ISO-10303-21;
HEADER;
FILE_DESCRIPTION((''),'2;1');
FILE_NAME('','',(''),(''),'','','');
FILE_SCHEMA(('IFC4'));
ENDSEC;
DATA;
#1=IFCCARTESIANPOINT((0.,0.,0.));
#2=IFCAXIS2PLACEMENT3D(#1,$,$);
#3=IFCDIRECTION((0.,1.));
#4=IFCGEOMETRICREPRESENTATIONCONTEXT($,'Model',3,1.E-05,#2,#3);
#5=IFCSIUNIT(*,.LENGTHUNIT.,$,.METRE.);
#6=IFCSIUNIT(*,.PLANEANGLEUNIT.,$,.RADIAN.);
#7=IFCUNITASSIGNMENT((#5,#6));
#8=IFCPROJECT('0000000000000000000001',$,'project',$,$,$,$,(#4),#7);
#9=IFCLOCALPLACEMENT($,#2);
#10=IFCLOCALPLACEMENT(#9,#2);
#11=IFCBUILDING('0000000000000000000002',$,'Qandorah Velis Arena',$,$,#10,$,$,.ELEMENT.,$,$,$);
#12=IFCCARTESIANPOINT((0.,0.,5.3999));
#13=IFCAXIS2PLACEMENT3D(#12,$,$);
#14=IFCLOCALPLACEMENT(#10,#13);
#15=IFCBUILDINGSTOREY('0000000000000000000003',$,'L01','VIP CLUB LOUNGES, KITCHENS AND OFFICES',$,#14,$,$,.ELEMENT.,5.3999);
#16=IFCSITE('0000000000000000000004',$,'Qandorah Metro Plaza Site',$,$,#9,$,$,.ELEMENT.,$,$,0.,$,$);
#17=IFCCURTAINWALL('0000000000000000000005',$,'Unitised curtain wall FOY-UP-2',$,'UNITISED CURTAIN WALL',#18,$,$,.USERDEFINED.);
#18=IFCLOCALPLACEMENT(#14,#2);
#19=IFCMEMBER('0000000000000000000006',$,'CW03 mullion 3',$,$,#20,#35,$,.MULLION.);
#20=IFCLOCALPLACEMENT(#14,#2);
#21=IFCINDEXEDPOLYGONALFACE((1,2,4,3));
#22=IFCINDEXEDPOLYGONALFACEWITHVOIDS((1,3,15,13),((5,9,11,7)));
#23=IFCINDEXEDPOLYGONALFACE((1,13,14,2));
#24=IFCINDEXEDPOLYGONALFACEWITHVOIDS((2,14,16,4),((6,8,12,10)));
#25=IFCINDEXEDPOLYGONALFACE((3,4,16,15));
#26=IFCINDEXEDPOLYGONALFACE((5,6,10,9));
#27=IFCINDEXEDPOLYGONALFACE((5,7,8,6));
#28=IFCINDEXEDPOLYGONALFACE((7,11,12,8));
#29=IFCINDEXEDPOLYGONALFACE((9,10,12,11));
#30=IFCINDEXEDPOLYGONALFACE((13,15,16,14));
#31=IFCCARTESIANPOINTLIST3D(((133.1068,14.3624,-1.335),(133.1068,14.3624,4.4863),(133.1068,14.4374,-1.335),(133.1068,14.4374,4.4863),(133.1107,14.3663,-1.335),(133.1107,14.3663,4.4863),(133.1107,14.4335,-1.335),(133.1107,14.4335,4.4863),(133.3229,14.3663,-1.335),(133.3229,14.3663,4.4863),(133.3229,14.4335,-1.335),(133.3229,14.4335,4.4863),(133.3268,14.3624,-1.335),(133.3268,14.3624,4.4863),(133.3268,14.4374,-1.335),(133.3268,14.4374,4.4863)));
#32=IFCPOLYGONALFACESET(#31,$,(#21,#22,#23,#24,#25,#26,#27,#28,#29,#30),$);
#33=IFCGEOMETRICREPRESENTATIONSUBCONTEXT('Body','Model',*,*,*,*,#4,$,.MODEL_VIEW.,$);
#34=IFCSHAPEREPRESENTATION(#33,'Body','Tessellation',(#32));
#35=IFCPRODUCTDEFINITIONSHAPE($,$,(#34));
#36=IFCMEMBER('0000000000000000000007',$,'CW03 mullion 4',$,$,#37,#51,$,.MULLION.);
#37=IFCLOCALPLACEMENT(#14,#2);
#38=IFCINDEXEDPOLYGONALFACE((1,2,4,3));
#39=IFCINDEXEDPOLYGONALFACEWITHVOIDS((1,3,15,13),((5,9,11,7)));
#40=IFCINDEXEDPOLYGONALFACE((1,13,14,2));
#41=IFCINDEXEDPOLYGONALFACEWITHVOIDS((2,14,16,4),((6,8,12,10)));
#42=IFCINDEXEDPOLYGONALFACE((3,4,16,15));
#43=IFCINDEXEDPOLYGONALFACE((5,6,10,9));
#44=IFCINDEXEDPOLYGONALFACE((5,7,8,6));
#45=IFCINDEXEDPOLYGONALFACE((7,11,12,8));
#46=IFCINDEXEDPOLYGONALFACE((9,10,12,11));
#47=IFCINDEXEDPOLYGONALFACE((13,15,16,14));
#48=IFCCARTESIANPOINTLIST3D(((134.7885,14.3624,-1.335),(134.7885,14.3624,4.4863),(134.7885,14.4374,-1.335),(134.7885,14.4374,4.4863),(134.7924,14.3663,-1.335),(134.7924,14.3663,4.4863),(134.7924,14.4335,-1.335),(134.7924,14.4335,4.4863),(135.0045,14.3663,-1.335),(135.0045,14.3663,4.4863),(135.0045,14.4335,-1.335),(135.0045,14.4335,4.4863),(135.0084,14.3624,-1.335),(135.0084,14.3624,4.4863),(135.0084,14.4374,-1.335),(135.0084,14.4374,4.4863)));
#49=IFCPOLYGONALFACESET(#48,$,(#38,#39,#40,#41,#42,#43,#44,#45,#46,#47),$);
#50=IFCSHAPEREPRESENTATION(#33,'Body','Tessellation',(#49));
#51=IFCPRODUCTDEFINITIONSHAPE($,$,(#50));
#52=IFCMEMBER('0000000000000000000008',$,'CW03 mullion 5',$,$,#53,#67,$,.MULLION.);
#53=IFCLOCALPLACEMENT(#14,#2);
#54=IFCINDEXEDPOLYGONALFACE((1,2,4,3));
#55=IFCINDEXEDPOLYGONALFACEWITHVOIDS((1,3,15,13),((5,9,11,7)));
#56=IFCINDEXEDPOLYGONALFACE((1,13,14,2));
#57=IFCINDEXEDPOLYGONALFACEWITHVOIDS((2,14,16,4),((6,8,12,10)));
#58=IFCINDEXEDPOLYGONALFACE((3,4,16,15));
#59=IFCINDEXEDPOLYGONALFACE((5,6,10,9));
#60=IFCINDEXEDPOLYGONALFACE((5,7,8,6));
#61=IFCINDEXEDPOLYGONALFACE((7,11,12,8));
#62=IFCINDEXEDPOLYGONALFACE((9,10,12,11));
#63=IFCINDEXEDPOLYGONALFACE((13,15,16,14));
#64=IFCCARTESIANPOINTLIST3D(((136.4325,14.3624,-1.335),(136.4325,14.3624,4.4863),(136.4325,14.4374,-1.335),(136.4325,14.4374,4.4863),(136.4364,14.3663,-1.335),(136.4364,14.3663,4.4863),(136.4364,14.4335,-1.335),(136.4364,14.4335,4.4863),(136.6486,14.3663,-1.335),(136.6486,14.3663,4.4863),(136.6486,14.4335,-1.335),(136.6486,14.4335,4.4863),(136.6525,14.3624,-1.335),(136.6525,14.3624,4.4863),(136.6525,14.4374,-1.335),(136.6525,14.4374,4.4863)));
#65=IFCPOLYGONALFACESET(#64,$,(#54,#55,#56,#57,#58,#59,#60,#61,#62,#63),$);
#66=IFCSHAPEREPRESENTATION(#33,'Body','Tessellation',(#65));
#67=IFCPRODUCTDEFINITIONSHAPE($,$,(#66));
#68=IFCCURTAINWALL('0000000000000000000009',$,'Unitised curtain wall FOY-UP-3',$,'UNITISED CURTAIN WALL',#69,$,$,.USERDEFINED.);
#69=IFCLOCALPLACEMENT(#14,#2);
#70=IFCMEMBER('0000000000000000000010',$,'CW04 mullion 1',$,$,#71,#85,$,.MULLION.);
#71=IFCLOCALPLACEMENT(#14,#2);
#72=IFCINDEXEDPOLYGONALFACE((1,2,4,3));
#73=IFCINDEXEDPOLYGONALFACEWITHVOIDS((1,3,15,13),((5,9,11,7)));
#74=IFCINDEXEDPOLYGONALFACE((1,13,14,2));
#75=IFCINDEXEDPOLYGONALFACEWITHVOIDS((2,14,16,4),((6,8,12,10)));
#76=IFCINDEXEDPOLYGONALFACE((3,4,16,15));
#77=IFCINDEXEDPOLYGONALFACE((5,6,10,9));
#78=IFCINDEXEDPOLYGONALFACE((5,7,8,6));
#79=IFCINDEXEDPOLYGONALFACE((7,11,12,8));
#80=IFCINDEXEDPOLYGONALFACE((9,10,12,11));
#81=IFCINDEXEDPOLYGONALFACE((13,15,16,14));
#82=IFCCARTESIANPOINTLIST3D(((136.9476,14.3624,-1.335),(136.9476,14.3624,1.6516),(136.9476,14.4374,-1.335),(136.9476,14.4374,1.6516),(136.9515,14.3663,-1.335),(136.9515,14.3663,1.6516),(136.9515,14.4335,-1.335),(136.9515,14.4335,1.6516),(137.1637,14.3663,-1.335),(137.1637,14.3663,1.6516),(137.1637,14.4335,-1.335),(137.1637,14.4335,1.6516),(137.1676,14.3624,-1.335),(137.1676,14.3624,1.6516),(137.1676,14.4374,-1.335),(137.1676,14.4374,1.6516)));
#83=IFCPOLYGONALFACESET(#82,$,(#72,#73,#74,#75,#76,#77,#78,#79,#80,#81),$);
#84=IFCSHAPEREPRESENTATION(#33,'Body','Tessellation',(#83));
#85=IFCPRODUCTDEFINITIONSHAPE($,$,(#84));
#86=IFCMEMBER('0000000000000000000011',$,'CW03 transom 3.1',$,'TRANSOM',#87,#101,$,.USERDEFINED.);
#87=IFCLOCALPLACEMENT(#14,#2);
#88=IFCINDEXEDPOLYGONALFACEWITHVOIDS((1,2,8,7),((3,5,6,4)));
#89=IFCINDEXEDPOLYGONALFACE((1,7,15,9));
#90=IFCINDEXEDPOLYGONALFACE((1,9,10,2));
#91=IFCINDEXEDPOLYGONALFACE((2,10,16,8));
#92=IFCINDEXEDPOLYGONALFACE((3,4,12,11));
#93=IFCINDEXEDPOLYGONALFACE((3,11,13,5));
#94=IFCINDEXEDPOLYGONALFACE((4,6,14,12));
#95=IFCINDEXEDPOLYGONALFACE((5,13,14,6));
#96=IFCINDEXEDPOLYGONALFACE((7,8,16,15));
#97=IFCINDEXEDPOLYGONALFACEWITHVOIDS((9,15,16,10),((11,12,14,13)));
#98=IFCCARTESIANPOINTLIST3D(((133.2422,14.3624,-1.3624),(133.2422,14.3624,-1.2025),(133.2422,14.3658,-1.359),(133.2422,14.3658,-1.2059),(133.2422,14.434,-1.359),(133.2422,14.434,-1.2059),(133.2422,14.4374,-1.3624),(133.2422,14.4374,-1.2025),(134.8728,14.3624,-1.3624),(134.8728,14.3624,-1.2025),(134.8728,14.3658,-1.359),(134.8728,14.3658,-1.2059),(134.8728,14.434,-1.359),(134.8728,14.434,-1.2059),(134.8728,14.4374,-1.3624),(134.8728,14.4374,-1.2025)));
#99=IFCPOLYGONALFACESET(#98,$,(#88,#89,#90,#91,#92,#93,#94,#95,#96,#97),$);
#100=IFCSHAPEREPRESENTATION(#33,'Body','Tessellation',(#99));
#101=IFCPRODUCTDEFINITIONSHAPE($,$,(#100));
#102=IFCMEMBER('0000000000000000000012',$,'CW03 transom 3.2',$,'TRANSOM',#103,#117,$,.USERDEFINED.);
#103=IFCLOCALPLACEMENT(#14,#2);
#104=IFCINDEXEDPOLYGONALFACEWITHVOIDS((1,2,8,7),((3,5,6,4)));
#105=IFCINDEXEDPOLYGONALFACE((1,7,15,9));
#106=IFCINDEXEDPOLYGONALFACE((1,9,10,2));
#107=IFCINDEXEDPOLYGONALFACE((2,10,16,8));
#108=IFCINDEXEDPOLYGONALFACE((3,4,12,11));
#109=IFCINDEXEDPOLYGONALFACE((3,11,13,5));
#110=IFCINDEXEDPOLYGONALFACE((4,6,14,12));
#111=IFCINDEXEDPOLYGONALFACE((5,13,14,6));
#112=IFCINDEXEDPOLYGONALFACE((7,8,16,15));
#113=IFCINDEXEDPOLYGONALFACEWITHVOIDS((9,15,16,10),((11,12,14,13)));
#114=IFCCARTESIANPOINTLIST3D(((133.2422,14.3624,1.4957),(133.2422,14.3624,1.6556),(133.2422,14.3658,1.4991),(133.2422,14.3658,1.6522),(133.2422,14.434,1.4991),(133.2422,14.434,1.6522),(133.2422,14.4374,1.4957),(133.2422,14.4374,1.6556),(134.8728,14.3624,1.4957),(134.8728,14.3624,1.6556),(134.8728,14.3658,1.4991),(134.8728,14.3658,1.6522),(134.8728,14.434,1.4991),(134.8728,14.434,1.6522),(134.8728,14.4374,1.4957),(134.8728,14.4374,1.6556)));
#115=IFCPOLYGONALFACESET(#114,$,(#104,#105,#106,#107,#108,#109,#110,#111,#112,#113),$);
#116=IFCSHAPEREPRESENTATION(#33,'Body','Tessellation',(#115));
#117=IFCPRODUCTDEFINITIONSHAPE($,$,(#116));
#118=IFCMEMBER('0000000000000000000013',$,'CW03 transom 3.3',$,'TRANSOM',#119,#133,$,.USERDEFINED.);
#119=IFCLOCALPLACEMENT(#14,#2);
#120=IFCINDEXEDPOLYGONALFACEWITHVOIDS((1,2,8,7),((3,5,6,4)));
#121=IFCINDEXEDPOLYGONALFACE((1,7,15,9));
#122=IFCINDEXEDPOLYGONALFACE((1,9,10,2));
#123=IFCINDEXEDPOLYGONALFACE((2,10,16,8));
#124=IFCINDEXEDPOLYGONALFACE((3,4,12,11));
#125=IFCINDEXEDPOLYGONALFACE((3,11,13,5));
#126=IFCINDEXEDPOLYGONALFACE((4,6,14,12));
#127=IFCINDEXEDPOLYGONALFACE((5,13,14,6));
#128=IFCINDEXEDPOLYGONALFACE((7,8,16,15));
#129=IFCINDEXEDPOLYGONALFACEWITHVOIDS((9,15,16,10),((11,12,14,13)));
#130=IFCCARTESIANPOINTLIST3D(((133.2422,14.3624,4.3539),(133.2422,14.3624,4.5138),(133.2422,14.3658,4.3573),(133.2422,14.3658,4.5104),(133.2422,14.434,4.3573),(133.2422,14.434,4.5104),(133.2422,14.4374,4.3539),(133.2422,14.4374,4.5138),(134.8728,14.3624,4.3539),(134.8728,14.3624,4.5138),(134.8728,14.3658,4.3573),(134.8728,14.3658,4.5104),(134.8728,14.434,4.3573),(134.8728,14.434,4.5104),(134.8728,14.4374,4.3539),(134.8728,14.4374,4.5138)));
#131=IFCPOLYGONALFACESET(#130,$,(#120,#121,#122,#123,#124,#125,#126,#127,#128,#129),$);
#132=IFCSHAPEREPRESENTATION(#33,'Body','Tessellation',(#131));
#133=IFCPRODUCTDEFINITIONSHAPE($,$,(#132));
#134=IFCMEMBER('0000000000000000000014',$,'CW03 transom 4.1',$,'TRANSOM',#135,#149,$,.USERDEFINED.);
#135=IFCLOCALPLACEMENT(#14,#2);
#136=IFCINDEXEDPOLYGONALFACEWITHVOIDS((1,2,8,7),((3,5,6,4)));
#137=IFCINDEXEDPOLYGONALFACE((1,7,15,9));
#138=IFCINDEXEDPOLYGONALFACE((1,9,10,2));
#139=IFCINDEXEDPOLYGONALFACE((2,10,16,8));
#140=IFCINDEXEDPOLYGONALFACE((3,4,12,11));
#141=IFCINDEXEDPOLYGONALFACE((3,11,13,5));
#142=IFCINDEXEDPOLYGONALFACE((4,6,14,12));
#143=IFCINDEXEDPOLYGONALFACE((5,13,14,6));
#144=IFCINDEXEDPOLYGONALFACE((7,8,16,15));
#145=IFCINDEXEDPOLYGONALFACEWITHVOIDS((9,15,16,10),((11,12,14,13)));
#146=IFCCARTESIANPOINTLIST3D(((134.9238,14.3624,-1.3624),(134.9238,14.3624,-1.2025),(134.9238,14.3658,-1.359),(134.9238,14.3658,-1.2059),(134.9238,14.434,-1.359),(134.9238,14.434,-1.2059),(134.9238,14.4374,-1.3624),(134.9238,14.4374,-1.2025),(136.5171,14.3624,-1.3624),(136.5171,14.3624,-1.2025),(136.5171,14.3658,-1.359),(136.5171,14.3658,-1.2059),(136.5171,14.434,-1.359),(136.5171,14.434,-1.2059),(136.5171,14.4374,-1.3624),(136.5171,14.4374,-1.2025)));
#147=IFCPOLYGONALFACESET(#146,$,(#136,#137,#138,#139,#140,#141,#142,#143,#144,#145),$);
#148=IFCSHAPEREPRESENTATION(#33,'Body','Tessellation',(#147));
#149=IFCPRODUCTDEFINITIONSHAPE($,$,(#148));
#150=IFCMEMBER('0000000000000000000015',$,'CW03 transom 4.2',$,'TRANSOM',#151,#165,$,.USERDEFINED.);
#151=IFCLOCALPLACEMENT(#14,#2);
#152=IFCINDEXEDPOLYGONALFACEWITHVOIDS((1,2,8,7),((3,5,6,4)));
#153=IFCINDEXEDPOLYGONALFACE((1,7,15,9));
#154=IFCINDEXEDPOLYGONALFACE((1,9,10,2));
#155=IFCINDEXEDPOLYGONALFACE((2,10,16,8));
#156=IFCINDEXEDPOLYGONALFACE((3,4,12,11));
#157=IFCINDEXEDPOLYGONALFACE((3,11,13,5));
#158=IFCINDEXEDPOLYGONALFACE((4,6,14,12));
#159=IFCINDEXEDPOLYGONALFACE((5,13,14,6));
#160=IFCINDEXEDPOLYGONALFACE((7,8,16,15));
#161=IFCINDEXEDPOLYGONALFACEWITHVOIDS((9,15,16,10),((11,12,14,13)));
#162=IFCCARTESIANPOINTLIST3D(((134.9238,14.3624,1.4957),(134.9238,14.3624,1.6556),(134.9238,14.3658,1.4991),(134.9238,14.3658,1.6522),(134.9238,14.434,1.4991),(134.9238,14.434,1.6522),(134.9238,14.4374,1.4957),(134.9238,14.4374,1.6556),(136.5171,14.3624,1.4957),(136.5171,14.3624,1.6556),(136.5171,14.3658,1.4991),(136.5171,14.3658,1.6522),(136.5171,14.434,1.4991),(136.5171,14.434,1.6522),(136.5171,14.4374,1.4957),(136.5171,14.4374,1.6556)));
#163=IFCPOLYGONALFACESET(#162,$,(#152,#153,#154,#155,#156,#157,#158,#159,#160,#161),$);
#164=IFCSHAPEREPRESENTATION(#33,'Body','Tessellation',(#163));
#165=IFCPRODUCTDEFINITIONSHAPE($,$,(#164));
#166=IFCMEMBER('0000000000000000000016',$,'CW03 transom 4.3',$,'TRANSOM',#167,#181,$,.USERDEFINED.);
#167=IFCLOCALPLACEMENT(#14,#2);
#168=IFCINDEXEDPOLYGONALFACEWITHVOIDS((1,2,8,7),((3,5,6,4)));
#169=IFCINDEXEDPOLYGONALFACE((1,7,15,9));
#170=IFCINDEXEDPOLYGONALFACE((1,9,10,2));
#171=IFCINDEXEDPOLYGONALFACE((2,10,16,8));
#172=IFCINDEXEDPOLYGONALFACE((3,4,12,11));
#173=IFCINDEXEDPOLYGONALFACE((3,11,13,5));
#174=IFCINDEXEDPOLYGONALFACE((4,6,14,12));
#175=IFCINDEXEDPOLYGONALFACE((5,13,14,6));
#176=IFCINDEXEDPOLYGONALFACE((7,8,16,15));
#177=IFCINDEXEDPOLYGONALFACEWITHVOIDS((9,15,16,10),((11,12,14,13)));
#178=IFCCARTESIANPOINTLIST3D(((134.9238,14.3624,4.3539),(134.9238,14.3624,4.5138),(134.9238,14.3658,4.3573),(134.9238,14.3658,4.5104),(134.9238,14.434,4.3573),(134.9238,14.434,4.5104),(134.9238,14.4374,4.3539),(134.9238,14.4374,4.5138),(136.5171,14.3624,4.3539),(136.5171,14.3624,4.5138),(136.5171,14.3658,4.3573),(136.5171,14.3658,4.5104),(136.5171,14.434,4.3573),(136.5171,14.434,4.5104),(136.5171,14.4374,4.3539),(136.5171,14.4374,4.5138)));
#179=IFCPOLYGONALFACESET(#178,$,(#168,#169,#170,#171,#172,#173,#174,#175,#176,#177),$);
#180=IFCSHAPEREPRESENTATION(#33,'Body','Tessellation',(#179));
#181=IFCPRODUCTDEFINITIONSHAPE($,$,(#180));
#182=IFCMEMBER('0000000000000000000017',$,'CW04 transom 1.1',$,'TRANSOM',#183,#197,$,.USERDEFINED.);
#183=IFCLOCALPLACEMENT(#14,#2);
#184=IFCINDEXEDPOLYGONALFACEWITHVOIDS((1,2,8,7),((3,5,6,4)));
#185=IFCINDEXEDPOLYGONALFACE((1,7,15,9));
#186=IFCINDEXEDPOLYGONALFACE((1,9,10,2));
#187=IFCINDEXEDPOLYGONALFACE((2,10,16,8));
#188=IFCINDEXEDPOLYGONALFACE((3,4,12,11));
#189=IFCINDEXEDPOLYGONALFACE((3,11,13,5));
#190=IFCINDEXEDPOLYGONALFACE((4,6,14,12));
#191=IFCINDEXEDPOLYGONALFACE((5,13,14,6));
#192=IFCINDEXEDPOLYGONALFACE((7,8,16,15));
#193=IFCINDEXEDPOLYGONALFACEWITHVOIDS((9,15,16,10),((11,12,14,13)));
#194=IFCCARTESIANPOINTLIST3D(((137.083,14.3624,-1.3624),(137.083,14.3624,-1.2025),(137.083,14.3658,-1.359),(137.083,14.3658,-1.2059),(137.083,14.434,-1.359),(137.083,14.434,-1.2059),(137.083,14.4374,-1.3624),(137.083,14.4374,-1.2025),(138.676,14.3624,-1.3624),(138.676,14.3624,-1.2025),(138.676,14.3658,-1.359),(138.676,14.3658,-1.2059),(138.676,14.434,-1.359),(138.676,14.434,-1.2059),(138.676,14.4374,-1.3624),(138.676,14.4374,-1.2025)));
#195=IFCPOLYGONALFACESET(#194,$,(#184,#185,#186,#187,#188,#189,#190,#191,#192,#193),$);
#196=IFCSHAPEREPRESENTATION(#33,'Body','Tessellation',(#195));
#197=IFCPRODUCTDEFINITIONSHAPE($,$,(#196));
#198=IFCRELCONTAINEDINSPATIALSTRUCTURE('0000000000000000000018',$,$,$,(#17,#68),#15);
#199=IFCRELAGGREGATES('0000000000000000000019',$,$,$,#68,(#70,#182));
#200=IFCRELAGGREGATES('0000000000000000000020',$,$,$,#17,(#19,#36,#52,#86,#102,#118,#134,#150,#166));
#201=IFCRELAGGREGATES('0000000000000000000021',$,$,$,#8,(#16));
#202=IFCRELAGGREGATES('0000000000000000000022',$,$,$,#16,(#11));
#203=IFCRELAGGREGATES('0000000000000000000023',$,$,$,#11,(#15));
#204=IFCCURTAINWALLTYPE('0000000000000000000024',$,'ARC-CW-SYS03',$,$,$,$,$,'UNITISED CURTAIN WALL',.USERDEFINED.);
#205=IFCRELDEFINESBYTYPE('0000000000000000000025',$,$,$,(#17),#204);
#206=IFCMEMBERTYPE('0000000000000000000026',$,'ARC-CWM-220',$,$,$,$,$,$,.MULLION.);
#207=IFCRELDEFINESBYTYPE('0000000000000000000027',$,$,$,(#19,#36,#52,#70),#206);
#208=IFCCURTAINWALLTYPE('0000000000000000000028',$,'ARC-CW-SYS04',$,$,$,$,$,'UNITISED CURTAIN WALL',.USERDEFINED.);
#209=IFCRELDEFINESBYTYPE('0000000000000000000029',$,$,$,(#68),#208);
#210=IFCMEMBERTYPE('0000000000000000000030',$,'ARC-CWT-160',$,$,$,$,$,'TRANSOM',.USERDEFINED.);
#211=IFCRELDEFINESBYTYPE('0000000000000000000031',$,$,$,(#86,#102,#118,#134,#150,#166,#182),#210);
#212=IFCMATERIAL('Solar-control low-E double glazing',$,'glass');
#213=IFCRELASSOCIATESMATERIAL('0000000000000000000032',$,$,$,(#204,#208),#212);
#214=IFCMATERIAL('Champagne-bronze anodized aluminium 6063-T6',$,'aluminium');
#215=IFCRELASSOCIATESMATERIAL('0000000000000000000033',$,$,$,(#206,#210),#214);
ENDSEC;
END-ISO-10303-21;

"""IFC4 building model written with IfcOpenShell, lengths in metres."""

from ifc_helpers import new_model, si_unit, direction, frame, origin, origin_2d, place, context, subcontext, project, spatial, hollow_rectangle, extrude, material, material_profile, profile_set, type_object, element, aggregate, save


model = new_model("IFC4")

# Units and contexts
model_context = context("Model", 3, precision=1e-05, world=origin(), true_north=direction((0.0, 1.0)))
body_context = subcontext(model_context, "Body", "Model", "MODEL_VIEW")
ifc_project = project(units=[si_unit("LENGTHUNIT", "METRE"), si_unit("PLANEANGLEUNIT", "RADIAN")], contexts=[model_context])

# Site, building, storey
site_placement = place(None, origin())
site = spatial("IfcSite", under=ifc_project, at=site_placement, Name="Qandorah Metro Plaza Site", CompositionType="ELEMENT", RefElevation=0.0)
building_placement = place(site_placement, origin())
building = spatial("IfcBuilding", under=site, at=building_placement, Name="Qandorah Velis Arena", CompositionType="ELEMENT")
storey_placement = place(building_placement, frame((0.0, 0.0, 5.3999)))
storey = spatial("IfcBuildingStorey", under=building, at=storey_placement, Name="L01", Description="VIP CLUB LOUNGES, KITCHENS AND OFFICES", CompositionType="ELEMENT", Elevation=5.3999)

# Curtain wall, members
ifc_material_1 = material(Name="Solar-control low-E double glazing", Category="glass")
curtain_wall_type_1 = type_object("IfcCurtainWallType", Name="ARC-CW-SYS03", ElementType="UNITISED CURTAIN WALL", PredefinedType="USERDEFINED", material=ifc_material_1)
curtain_wall_1_placement = place(storey_placement, origin())
curtain_wall_1 = element("IfcCurtainWall", 1, at=curtain_wall_1_placement, inside=storey, type_object=curtain_wall_type_1, Name="Unitised curtain wall FOY-UP-2", ObjectType="UNITISED CURTAIN WALL", PredefinedType="USERDEFINED")
ifc_material_2 = material(Name="Champagne-bronze anodized aluminium 6063-T6", Category="aluminium")
ifc_material_profile_1 = material_profile(ifc_material_2, hollow_rectangle(XDim=0.075, YDim=0.22, WallThickness=0.0039, at=origin_2d()), Name="ALU MULLION 75x220")
ifc_profile_set_1 = profile_set([ifc_material_profile_1], Name="Champagne-bronze anodized aluminium 6063-T6")
member_type_1 = type_object("IfcMemberType", Name="ARC-CWM-220", PredefinedType="MULLION", material=ifc_profile_set_1)
member_1_placement = place(storey_placement, frame((133.2168, 14.3999, -1.335), z_axis=(0.0, 0.0, 1.0), x_axis=(0.0, 1.0, 0.0)))
member_1 = element("IfcMember", 2, at=member_1_placement, type_object=member_type_1, Name="CW03 mullion 3", PredefinedType="MULLION", context=body_context, shape_type="SweptSolid", body=[
    extrude(hollow_rectangle(XDim=0.075, YDim=0.22, WallThickness=0.0039, at=origin_2d()), origin(), (0.0, 0.0, 1.0), 5.8213),
])
member_2_placement = place(storey_placement, frame((134.8984, 14.3999, -1.335), z_axis=(0.0, 0.0, 1.0), x_axis=(0.0, 1.0, 0.0)))
member_2 = element("IfcMember", 3, at=member_2_placement, type_object=member_type_1, Name="CW03 mullion 4", PredefinedType="MULLION", context=body_context, shape_type="SweptSolid", body=[
    extrude(hollow_rectangle(XDim=0.075, YDim=0.22, WallThickness=0.0039, at=origin_2d()), origin(), (0.0, 0.0, 1.0), 5.8213),
])
member_3_placement = place(storey_placement, frame((136.5425, 14.3999, -1.335), z_axis=(0.0, 0.0, 1.0), x_axis=(0.0, 1.0, 0.0)))
member_3 = element("IfcMember", 4, at=member_3_placement, type_object=member_type_1, Name="CW03 mullion 5", PredefinedType="MULLION", context=body_context, shape_type="SweptSolid", body=[
    extrude(hollow_rectangle(XDim=0.075, YDim=0.22, WallThickness=0.0039, at=origin_2d()), origin(), (0.0, 0.0, 1.0), 5.8213),
])

# Curtain wall, member
curtain_wall_type_2 = type_object("IfcCurtainWallType", Name="ARC-CW-SYS04", ElementType="UNITISED CURTAIN WALL", PredefinedType="USERDEFINED", material=ifc_material_1)
curtain_wall_2_placement = place(storey_placement, origin())
curtain_wall_2 = element("IfcCurtainWall", 5, at=curtain_wall_2_placement, inside=storey, type_object=curtain_wall_type_2, Name="Unitised curtain wall FOY-UP-3", ObjectType="UNITISED CURTAIN WALL", PredefinedType="USERDEFINED")
member_4_placement = place(storey_placement, frame((137.0576, 14.3999, -1.335), z_axis=(0.0, 0.0, 1.0), x_axis=(0.0, 1.0, 0.0)))
member_4 = element("IfcMember", 6, at=member_4_placement, type_object=member_type_1, Name="CW04 mullion 1", PredefinedType="MULLION", context=body_context, shape_type="SweptSolid", body=[
    extrude(hollow_rectangle(XDim=0.075, YDim=0.22, WallThickness=0.0039, at=origin_2d()), origin(), (0.0, 0.0, 1.0), 2.9866),
])

# Members
ifc_material_profile_2 = material_profile(ifc_material_2, hollow_rectangle(XDim=0.075, YDim=0.1599, WallThickness=0.0034, at=origin_2d()), Name="ALU TRANSOM 75x160")
ifc_profile_set_2 = profile_set([ifc_material_profile_2], Name="Champagne-bronze anodized aluminium 6063-T6")
member_type_2 = type_object("IfcMemberType", Name="ARC-CWT-160", ElementType="TRANSOM", PredefinedType="USERDEFINED", material=ifc_profile_set_2)
member_5_placement = place(storey_placement, frame((133.2422, 14.3999, -1.2825), z_axis=(1.0, 0.0, 0.0), x_axis=(0.0, 1.0, 0.0)))
member_5 = element("IfcMember", 7, at=member_5_placement, type_object=member_type_2, Name="CW03 transom 3.1", ObjectType="TRANSOM", PredefinedType="USERDEFINED", context=body_context, shape_type="SweptSolid", body=[
    extrude(hollow_rectangle(XDim=0.075, YDim=0.1599, WallThickness=0.0034, at=origin_2d()), origin(), (0.0, 0.0, 1.0), 1.6306),
])
member_6_placement = place(storey_placement, frame((133.2422, 14.3999, 1.5757), z_axis=(1.0, 0.0, 0.0), x_axis=(0.0, 1.0, 0.0)))
member_6 = element("IfcMember", 8, at=member_6_placement, type_object=member_type_2, Name="CW03 transom 3.2", ObjectType="TRANSOM", PredefinedType="USERDEFINED", context=body_context, shape_type="SweptSolid", body=[
    extrude(hollow_rectangle(XDim=0.075, YDim=0.1599, WallThickness=0.0034, at=origin_2d()), origin(), (0.0, 0.0, 1.0), 1.6306),
])
member_7_placement = place(storey_placement, frame((133.2422, 14.3999, 4.4338), z_axis=(1.0, 0.0, 0.0), x_axis=(0.0, 1.0, 0.0)))
member_7 = element("IfcMember", 9, at=member_7_placement, type_object=member_type_2, Name="CW03 transom 3.3", ObjectType="TRANSOM", PredefinedType="USERDEFINED", context=body_context, shape_type="SweptSolid", body=[
    extrude(hollow_rectangle(XDim=0.075, YDim=0.1599, WallThickness=0.0034, at=origin_2d()), origin(), (0.0, 0.0, 1.0), 1.6306),
])
member_8_placement = place(storey_placement, frame((134.9238, 14.3999, -1.2825), z_axis=(1.0, 0.0, 0.0), x_axis=(0.0, 1.0, 0.0)))
member_8 = element("IfcMember", 10, at=member_8_placement, type_object=member_type_2, Name="CW03 transom 4.1", ObjectType="TRANSOM", PredefinedType="USERDEFINED", context=body_context, shape_type="SweptSolid", body=[
    extrude(hollow_rectangle(XDim=0.075, YDim=0.1599, WallThickness=0.0034, at=origin_2d()), origin(), (0.0, 0.0, 1.0), 1.5933),
])
member_9_placement = place(storey_placement, frame((134.9238, 14.3999, 1.5757), z_axis=(1.0, 0.0, 0.0), x_axis=(0.0, 1.0, 0.0)))
member_9 = element("IfcMember", 11, at=member_9_placement, type_object=member_type_2, Name="CW03 transom 4.2", ObjectType="TRANSOM", PredefinedType="USERDEFINED", context=body_context, shape_type="SweptSolid", body=[
    extrude(hollow_rectangle(XDim=0.075, YDim=0.1599, WallThickness=0.0034, at=origin_2d()), origin(), (0.0, 0.0, 1.0), 1.5933),
])
member_10_placement = place(storey_placement, frame((134.9238, 14.3999, 4.4338), z_axis=(1.0, 0.0, 0.0), x_axis=(0.0, 1.0, 0.0)))
member_10 = element("IfcMember", 12, at=member_10_placement, type_object=member_type_2, Name="CW03 transom 4.3", ObjectType="TRANSOM", PredefinedType="USERDEFINED", context=body_context, shape_type="SweptSolid", body=[
    extrude(hollow_rectangle(XDim=0.075, YDim=0.1599, WallThickness=0.0034, at=origin_2d()), origin(), (0.0, 0.0, 1.0), 1.5933),
])
member_11_placement = place(storey_placement, frame((137.083, 14.3999, -1.2825), z_axis=(1.0, 0.0, 0.0), x_axis=(0.0, 1.0, 0.0)))
member_11 = element("IfcMember", 13, at=member_11_placement, type_object=member_type_2, Name="CW04 transom 1.1", ObjectType="TRANSOM", PredefinedType="USERDEFINED", context=body_context, shape_type="SweptSolid", body=[
    extrude(hollow_rectangle(XDim=0.075, YDim=0.1599, WallThickness=0.0034, at=origin_2d()), origin(), (0.0, 0.0, 1.0), 1.593),
])
aggregate(curtain_wall_2, [member_4, member_11])

aggregate(curtain_wall_1, [member_1, member_2, member_3, member_5, member_6, member_7, member_8, member_9, member_10])

save(model, "model.ifc")
